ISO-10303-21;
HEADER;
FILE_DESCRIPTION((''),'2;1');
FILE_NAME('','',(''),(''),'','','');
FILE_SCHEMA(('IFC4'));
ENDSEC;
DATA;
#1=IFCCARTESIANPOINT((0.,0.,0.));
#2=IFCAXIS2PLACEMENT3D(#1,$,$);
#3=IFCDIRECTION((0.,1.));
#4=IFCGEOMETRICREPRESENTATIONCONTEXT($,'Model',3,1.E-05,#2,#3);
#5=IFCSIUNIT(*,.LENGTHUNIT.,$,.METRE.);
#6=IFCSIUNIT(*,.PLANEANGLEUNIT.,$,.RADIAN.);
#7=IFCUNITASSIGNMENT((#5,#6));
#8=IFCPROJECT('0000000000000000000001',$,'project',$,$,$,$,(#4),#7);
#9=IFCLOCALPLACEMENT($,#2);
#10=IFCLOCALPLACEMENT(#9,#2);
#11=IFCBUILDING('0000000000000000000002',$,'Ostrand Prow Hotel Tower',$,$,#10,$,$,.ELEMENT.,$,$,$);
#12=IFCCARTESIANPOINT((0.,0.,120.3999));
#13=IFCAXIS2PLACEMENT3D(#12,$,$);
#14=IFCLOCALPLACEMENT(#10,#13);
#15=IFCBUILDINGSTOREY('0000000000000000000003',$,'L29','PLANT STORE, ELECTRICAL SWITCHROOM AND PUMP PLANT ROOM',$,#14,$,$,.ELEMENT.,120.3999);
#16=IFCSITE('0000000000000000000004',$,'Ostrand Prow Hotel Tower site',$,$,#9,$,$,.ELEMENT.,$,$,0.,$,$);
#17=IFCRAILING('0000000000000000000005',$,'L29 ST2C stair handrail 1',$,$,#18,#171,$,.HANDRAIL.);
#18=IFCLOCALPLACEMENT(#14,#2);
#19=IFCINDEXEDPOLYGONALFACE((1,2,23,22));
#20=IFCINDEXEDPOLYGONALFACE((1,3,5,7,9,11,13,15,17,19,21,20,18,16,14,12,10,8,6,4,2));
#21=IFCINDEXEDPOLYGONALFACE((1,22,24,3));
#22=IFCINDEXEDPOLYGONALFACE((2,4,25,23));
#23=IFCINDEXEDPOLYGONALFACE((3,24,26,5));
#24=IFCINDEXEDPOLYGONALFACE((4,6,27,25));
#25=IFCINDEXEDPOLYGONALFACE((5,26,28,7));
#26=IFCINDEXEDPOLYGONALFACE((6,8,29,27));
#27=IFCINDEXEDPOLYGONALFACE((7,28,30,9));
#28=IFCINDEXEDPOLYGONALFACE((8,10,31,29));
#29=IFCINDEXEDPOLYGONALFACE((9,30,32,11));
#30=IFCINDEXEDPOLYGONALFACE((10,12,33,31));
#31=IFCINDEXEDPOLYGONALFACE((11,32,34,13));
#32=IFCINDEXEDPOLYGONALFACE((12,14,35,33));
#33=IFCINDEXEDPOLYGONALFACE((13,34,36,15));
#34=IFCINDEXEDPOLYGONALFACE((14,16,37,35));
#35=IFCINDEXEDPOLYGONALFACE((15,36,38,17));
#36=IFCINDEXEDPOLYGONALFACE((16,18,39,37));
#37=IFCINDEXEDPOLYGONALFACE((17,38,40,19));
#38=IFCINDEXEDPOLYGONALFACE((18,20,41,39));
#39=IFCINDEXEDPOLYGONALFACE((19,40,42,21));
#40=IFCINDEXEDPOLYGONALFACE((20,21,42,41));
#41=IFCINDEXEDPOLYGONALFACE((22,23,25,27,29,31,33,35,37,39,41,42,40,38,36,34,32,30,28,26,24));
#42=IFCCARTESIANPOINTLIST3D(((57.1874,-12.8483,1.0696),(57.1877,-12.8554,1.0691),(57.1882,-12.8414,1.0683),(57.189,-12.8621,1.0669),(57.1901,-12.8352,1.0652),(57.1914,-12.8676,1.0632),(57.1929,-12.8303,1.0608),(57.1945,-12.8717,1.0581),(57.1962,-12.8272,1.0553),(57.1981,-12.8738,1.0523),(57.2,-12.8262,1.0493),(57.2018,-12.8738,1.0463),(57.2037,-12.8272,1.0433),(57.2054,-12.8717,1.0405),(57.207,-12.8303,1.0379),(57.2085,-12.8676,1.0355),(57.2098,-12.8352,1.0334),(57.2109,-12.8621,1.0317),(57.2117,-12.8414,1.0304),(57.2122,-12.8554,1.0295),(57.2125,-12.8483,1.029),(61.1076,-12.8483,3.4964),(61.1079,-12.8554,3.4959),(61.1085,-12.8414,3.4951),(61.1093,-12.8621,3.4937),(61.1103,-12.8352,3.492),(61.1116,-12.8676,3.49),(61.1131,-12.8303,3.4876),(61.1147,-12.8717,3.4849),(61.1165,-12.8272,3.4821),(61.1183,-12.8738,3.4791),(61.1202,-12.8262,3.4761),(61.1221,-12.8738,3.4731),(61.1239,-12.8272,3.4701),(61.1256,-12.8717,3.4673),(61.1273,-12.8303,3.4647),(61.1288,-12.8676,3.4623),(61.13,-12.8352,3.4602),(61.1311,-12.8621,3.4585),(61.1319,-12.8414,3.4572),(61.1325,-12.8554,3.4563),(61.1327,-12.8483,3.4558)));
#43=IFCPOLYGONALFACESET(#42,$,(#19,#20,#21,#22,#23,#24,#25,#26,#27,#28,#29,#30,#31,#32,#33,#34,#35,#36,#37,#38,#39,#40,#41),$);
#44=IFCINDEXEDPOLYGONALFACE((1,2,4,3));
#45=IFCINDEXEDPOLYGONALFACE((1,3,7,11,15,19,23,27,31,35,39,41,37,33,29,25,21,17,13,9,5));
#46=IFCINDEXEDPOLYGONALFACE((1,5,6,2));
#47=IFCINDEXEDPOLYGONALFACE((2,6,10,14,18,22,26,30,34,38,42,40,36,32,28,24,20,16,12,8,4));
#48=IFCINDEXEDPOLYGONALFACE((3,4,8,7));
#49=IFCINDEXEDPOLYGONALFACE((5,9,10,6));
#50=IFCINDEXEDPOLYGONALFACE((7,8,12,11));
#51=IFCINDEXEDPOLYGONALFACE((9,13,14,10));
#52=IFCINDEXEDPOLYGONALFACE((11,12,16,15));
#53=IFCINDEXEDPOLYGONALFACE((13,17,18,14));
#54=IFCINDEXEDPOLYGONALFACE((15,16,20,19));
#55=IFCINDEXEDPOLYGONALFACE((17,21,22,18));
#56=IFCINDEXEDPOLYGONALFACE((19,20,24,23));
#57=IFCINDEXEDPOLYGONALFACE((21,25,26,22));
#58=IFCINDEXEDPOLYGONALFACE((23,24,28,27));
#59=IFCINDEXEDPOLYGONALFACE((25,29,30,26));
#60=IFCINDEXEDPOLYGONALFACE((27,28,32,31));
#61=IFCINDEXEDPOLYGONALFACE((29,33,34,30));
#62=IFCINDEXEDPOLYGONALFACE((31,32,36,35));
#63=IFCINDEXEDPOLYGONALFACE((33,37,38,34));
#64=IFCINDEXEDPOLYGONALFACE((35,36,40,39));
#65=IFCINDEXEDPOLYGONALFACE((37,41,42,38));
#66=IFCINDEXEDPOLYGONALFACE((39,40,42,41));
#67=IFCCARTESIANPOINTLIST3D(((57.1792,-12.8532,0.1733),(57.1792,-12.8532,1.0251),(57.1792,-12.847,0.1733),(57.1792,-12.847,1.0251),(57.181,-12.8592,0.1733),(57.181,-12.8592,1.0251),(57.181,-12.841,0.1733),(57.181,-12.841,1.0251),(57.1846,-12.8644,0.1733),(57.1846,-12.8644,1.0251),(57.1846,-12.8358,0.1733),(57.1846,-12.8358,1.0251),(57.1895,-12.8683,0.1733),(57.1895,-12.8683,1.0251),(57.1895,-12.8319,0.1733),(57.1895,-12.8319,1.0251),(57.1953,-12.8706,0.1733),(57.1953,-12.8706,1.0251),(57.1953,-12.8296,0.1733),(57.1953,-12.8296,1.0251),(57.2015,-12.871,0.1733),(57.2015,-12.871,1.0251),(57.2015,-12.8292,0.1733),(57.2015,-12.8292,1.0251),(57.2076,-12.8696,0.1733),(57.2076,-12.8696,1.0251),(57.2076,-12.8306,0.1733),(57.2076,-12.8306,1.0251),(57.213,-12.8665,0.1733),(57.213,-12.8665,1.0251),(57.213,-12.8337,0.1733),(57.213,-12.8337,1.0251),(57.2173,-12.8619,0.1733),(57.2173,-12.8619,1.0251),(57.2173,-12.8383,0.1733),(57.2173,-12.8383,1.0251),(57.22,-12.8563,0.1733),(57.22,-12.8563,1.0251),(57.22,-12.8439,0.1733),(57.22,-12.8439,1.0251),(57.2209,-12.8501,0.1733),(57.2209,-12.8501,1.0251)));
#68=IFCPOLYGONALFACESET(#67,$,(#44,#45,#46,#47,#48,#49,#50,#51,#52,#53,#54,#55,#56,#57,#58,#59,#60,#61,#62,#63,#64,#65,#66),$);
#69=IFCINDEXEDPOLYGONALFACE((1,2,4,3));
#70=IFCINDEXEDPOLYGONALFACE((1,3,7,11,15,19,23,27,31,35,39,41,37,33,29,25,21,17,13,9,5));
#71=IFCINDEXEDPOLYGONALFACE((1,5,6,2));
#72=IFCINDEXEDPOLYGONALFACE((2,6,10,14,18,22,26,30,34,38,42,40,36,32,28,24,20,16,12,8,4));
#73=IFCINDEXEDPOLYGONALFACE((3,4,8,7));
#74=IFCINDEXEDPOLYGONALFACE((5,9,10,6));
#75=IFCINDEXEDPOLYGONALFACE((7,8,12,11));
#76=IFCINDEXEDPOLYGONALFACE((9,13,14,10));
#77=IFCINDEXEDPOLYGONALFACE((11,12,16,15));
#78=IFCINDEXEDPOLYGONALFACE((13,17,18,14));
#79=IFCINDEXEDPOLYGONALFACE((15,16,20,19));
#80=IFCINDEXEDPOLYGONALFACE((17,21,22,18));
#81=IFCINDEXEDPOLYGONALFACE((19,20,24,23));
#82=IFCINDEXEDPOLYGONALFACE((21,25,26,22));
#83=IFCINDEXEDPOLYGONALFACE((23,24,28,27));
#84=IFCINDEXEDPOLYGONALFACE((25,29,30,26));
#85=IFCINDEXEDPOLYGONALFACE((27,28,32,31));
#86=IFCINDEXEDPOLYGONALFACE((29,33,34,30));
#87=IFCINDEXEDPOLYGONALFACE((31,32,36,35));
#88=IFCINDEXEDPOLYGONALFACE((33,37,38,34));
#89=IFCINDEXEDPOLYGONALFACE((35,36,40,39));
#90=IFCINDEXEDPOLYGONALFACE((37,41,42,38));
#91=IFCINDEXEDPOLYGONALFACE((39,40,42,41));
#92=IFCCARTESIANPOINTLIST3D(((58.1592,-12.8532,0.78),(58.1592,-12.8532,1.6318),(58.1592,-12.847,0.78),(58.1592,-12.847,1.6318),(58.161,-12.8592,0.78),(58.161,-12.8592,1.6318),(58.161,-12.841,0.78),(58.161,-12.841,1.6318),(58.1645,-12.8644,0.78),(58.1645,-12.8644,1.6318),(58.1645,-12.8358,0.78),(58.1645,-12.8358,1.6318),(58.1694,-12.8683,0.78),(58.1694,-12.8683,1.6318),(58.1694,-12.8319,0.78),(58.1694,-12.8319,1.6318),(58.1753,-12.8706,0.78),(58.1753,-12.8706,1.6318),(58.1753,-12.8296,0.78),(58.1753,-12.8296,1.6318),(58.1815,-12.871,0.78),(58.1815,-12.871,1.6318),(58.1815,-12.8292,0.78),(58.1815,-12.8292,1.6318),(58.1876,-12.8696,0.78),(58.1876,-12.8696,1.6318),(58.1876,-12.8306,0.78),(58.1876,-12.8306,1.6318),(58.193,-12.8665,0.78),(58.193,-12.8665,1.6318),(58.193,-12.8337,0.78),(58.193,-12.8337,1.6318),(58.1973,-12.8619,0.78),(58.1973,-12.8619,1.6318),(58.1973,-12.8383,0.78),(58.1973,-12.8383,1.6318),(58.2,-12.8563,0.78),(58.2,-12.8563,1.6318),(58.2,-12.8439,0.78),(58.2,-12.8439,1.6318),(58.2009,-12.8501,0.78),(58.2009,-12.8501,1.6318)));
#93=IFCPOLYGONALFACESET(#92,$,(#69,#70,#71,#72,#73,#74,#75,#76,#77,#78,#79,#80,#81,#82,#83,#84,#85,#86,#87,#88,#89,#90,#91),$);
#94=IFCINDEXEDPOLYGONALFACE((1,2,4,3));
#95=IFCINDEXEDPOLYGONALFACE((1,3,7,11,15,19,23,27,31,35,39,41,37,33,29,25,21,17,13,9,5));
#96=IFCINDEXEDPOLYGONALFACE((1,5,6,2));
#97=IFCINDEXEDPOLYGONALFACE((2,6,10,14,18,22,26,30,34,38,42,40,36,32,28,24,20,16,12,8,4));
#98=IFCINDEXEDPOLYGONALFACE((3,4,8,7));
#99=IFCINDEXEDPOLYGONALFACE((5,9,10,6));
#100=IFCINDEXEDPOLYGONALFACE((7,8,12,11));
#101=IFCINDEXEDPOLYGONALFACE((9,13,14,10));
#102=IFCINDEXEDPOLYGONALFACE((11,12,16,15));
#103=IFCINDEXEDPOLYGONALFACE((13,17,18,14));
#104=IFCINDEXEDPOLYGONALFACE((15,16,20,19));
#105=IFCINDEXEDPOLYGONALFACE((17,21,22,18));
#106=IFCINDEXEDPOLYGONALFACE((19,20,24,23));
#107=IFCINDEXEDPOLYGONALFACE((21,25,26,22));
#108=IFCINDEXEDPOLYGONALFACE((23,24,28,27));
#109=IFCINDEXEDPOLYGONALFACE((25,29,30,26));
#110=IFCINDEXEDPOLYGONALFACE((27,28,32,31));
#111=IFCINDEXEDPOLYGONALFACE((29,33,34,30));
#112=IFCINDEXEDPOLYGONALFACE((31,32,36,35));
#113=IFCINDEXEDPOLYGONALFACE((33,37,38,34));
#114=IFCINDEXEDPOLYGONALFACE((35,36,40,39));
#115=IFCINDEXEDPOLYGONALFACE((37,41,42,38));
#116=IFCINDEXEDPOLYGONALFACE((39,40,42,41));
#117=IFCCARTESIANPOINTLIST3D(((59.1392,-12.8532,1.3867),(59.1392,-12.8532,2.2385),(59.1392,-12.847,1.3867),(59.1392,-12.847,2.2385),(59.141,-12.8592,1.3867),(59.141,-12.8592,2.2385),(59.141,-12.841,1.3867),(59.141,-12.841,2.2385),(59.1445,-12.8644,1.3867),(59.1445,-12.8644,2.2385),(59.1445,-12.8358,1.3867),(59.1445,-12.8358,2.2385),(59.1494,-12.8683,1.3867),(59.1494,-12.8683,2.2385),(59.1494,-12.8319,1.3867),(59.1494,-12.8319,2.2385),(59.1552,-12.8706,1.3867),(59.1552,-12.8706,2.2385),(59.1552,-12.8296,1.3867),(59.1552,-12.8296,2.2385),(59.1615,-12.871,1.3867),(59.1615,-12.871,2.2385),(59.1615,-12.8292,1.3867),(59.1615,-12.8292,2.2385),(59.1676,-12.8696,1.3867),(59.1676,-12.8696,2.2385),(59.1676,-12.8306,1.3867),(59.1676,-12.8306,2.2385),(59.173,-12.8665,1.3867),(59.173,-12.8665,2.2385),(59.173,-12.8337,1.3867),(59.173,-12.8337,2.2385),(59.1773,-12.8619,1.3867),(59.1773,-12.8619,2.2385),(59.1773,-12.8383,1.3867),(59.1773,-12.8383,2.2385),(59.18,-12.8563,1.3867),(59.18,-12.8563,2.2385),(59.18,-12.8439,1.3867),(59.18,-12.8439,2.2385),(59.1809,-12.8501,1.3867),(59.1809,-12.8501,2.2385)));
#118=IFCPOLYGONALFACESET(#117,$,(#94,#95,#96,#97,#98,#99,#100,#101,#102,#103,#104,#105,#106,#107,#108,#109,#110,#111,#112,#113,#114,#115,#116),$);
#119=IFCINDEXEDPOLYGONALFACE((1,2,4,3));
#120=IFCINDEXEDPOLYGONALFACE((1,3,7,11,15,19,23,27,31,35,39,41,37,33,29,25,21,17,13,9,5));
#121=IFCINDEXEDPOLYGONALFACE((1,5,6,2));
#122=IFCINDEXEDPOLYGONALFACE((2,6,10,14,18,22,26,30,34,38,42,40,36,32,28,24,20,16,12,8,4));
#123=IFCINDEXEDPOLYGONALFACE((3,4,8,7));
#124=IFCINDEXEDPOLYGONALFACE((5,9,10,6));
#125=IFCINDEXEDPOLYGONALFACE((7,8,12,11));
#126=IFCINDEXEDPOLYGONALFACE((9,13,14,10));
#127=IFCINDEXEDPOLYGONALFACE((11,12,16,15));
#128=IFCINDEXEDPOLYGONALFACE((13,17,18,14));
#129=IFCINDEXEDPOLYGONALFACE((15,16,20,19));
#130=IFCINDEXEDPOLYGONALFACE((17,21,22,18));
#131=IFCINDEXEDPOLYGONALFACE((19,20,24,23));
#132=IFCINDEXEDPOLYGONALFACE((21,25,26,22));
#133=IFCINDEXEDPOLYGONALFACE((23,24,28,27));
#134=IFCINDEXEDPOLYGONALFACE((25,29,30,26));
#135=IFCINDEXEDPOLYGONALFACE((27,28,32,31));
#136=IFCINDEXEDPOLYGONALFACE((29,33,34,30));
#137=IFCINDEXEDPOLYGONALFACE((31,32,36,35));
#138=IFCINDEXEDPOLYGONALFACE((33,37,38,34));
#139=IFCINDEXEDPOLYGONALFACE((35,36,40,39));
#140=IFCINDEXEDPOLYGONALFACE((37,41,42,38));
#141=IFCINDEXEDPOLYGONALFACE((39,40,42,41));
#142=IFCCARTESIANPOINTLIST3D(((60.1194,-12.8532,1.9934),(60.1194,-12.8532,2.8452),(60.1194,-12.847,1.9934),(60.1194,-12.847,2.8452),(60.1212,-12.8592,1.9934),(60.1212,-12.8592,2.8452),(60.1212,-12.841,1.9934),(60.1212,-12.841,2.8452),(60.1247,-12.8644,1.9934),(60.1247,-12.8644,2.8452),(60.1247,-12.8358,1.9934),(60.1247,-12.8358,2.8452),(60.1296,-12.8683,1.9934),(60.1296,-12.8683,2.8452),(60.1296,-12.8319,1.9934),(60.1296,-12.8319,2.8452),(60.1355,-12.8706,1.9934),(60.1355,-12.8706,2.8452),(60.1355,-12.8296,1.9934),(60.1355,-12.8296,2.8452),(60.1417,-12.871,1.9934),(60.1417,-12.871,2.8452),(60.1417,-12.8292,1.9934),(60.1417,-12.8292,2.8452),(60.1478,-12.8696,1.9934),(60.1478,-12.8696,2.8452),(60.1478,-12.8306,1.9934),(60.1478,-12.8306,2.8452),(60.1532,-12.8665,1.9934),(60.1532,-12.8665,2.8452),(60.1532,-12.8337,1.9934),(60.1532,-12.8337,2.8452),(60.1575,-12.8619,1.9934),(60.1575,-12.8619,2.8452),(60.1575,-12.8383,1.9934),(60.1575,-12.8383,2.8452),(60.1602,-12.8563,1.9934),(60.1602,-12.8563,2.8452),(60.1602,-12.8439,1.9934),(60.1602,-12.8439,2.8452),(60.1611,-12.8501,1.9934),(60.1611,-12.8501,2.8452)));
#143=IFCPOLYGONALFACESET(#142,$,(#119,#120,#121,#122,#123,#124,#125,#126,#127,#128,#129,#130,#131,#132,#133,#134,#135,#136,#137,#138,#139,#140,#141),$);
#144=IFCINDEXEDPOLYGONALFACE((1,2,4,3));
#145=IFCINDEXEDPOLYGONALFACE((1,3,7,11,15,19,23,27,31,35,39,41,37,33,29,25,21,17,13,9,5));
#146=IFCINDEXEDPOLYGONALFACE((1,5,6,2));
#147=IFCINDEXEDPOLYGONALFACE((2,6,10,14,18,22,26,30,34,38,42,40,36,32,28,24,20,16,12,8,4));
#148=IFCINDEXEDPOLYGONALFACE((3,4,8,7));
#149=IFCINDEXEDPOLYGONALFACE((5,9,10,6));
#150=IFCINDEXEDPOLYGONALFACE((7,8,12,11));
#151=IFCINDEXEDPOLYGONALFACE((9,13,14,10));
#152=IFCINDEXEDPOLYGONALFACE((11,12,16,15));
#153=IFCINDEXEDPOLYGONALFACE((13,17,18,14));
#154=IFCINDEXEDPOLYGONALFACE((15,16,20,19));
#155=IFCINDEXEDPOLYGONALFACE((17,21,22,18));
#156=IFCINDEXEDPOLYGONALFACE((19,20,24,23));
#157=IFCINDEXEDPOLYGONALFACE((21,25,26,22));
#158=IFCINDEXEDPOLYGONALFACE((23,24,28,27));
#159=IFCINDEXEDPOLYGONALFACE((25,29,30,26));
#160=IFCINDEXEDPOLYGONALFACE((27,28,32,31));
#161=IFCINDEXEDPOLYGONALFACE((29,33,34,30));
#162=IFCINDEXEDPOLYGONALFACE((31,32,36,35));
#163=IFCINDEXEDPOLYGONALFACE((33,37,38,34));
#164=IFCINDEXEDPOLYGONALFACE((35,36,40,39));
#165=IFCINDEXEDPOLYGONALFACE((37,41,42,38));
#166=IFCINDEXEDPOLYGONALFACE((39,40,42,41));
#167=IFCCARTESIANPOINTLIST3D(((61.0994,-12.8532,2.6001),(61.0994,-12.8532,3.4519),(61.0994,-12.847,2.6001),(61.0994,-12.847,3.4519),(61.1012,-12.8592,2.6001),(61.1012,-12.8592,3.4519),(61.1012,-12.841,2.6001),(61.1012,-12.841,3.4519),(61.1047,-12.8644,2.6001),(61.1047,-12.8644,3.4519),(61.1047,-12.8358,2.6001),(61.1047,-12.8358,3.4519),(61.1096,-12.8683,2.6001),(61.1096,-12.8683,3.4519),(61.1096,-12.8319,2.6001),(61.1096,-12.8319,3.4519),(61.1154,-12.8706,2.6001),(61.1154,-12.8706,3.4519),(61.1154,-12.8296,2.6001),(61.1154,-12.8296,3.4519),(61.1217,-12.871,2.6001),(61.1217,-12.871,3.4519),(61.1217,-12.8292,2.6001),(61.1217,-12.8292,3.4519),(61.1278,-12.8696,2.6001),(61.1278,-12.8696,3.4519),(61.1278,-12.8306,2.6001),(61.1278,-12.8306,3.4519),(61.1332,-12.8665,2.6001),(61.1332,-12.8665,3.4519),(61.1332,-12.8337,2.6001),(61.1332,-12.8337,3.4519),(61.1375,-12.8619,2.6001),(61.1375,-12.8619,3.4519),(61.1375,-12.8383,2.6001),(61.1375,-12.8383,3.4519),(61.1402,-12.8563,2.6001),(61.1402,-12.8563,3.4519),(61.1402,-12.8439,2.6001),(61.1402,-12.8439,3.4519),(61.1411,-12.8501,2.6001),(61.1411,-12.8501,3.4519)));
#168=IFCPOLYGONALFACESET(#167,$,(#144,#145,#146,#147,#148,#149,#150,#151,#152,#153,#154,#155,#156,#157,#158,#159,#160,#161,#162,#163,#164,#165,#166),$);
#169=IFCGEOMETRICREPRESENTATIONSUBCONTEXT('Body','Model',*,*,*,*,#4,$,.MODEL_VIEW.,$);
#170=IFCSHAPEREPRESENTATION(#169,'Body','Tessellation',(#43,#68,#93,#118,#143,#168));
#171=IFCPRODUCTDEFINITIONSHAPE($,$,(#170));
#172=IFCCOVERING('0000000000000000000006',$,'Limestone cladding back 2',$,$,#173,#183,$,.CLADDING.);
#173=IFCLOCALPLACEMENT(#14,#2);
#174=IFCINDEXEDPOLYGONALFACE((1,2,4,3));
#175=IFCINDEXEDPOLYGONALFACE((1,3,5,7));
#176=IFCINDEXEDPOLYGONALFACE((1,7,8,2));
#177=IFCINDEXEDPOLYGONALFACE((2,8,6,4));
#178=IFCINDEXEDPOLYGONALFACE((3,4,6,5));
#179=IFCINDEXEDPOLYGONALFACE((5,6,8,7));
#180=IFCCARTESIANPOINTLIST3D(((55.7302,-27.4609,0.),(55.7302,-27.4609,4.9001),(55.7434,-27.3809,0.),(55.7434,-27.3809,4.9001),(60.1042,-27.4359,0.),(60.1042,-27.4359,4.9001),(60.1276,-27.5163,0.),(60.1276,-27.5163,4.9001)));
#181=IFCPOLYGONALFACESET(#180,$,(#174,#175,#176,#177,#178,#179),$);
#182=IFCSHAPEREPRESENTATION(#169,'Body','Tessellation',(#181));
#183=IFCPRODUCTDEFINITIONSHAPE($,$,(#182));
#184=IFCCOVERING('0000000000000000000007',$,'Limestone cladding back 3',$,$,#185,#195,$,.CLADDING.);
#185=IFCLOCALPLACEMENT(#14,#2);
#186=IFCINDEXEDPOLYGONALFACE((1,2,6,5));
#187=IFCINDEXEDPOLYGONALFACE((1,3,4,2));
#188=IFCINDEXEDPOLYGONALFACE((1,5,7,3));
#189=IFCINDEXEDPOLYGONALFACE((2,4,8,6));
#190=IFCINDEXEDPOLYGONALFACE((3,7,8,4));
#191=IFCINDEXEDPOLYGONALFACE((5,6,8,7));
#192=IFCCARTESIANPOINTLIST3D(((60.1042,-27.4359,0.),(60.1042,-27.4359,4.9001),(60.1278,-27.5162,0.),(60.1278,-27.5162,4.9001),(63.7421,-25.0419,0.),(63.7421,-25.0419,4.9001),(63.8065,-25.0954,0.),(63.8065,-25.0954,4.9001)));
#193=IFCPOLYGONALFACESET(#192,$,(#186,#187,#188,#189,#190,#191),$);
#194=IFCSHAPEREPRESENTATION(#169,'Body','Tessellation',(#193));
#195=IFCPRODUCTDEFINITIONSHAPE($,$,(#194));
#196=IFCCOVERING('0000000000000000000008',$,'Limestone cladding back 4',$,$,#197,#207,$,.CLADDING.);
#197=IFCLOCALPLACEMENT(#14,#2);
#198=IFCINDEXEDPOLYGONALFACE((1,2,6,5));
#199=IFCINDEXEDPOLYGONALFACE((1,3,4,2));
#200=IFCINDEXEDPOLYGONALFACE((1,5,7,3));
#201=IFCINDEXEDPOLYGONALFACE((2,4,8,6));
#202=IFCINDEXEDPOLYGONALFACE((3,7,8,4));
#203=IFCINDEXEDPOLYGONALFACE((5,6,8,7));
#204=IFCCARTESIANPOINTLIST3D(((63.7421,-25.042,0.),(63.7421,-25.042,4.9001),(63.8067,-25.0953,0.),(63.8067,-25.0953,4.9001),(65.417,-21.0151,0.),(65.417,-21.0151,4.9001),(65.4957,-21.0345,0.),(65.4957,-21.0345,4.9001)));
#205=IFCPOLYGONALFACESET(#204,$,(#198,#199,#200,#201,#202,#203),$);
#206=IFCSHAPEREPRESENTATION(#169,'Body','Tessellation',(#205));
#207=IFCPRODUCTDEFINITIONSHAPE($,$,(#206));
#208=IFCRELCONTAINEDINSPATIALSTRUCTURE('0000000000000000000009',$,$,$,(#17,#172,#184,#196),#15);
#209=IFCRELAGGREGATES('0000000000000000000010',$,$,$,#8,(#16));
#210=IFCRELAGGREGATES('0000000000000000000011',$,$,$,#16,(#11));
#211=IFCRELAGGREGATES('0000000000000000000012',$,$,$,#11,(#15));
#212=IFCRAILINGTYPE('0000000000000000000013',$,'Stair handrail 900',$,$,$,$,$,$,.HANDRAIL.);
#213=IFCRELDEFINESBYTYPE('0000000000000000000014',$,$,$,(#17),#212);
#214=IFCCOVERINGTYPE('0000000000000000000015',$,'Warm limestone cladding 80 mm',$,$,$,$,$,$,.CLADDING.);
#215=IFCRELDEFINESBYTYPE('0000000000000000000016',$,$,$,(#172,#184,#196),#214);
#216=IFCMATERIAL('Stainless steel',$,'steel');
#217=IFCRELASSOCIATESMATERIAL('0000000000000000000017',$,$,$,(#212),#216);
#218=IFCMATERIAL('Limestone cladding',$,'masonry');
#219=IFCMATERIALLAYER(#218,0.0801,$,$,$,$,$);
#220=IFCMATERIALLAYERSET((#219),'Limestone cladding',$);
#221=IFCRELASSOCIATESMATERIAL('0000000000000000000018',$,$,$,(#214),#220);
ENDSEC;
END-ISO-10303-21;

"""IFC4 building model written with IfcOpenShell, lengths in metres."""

from ifc_helpers import new_model, si_unit, direction, frame, origin, origin_2d, place, context, subcontext, project, spatial, polyline, circle, outline, extrude, material, layer, layer_set, type_object, element, save


model = new_model("IFC4")

# Units and contexts
model_context = context("Model", 3, precision=1e-05, world=origin(), true_north=direction((0.0, 1.0)))
body_context = subcontext(model_context, "Body", "Model", "MODEL_VIEW")
ifc_project = project(units=[si_unit("LENGTHUNIT", "METRE"), si_unit("PLANEANGLEUNIT", "RADIAN")], contexts=[model_context])

# Site, building, storey
site_placement = place(None, origin())
site = spatial("IfcSite", under=ifc_project, at=site_placement, Name="Ostrand Prow Hotel Tower site", CompositionType="ELEMENT", RefElevation=0.0)
building_placement = place(site_placement, origin())
building = spatial("IfcBuilding", under=site, at=building_placement, Name="Ostrand Prow Hotel Tower", CompositionType="ELEMENT")
storey_placement = place(building_placement, frame((0.0, 0.0, 120.3999)))
storey = spatial("IfcBuildingStorey", under=building, at=storey_placement, Name="L29", Description="PLANT STORE, ELECTRICAL SWITCHROOM AND PUMP PLANT ROOM", CompositionType="ELEMENT", Elevation=120.3999)

# Railing
ifc_material_1 = material(Name="Stainless steel", Category="steel")
railing_type = type_object("IfcRailingType", Name="Stair handrail 900", PredefinedType="HANDRAIL", material=ifc_material_1)
railing_placement = place(storey_placement, frame((57.2, -12.8501, 0.1733)))
element("IfcRailing", 1, at=railing_placement, inside=storey, type_object=railing_type, Name="L29 ST2C stair handrail 1", PredefinedType="HANDRAIL", context=body_context, shape_type="SweptSolid", body=[
    extrude(circle(Radius=0.0239, at=origin_2d()), frame((0.0, 0.0, 0.876), z_axis=(0.850266, 0.0, 0.526353), x_axis=(0.0, 1.0, 0.0)), (0.0, 0.0, 1.0), 4.6106),
    extrude(circle(Radius=0.021, at=origin_2d()), origin(), (0.0, 0.0, 1.0), 0.8518),
    extrude(circle(Radius=0.021, at=origin_2d()), frame((0.98, 0.0, 0.6067)), (0.0, 0.0, 1.0), 0.8518),
    extrude(circle(Radius=0.021, at=origin_2d()), frame((1.96, 0.0, 1.2134)), (0.0, 0.0, 1.0), 0.8518),
    extrude(circle(Radius=0.021, at=origin_2d()), frame((2.9402, 0.0, 1.8201)), (0.0, 0.0, 1.0), 0.8518),
    extrude(circle(Radius=0.021, at=origin_2d()), frame((3.9202, 0.0, 2.4268)), (0.0, 0.0, 1.0), 0.8518),
])

# Coverings
ifc_material_2 = material(Name="Limestone cladding", Category="masonry")
ifc_layer_1 = layer(ifc_material_2, 0.0801)
ifc_layer_set_1 = layer_set([ifc_layer_1], Name="Limestone cladding")
covering_type_1 = type_object("IfcCoveringType", Name="Warm limestone cladding 80 mm", PredefinedType="CLADDING", material=ifc_layer_set_1)
covering_1_placement = place(storey_placement, frame((55.7368, -27.4209, 0.0), z_axis=(0.0, 0.0, 1.0), x_axis=(0.999921, -0.012599, 0.0)))
element("IfcCovering", 2, at=covering_1_placement, inside=storey, type_object=covering_type_1, Name="Limestone cladding back 2", PredefinedType="CLADDING", context=body_context, shape_type="SweptSolid", body=[
    extrude(outline(polyline([(-0.0061, -0.04), (4.3916, -0.04), (4.3672, 0.04), (0.0061, 0.04), (-0.0061, -0.04)])), origin(), (0.0, 0.0, 1.0), 4.9001),
])
covering_2_placement = place(storey_placement, frame((60.116, -27.4761, 0.0), z_axis=(0.0, 0.0, 1.0), x_axis=(0.835354, 0.549712, 0.0)))
element("IfcCovering", 3, at=covering_2_placement, inside=storey, type_object=covering_type_1, Name="Limestone cladding back 3", PredefinedType="CLADDING", context=body_context, shape_type="SweptSolid", body=[
    extrude(outline(polyline([(-0.0122, -0.04), (4.3916, -0.04), (4.3672, 0.04), (0.0122, 0.04), (-0.0122, -0.04)])), origin(), (0.0, 0.0, 1.0), 4.9001),
])
covering_3_placement = place(storey_placement, frame((63.7744, -25.0686, 0.0), z_axis=(0.0, 0.0, 1.0), x_axis=(0.384033, 0.923319, 0.0)))
element("IfcCovering", 4, at=covering_3_placement, inside=storey, type_object=covering_type_1, Name="Limestone cladding back 4", PredefinedType="CLADDING", context=body_context, shape_type="SweptSolid", body=[
    extrude(outline(polyline([(-0.0122, -0.04), (4.3857, -0.04), (4.3735, 0.04), (0.0122, 0.04), (-0.0122, -0.04)])), origin(), (0.0, 0.0, 1.0), 4.9001),
])

save(model, "model.ifc")
